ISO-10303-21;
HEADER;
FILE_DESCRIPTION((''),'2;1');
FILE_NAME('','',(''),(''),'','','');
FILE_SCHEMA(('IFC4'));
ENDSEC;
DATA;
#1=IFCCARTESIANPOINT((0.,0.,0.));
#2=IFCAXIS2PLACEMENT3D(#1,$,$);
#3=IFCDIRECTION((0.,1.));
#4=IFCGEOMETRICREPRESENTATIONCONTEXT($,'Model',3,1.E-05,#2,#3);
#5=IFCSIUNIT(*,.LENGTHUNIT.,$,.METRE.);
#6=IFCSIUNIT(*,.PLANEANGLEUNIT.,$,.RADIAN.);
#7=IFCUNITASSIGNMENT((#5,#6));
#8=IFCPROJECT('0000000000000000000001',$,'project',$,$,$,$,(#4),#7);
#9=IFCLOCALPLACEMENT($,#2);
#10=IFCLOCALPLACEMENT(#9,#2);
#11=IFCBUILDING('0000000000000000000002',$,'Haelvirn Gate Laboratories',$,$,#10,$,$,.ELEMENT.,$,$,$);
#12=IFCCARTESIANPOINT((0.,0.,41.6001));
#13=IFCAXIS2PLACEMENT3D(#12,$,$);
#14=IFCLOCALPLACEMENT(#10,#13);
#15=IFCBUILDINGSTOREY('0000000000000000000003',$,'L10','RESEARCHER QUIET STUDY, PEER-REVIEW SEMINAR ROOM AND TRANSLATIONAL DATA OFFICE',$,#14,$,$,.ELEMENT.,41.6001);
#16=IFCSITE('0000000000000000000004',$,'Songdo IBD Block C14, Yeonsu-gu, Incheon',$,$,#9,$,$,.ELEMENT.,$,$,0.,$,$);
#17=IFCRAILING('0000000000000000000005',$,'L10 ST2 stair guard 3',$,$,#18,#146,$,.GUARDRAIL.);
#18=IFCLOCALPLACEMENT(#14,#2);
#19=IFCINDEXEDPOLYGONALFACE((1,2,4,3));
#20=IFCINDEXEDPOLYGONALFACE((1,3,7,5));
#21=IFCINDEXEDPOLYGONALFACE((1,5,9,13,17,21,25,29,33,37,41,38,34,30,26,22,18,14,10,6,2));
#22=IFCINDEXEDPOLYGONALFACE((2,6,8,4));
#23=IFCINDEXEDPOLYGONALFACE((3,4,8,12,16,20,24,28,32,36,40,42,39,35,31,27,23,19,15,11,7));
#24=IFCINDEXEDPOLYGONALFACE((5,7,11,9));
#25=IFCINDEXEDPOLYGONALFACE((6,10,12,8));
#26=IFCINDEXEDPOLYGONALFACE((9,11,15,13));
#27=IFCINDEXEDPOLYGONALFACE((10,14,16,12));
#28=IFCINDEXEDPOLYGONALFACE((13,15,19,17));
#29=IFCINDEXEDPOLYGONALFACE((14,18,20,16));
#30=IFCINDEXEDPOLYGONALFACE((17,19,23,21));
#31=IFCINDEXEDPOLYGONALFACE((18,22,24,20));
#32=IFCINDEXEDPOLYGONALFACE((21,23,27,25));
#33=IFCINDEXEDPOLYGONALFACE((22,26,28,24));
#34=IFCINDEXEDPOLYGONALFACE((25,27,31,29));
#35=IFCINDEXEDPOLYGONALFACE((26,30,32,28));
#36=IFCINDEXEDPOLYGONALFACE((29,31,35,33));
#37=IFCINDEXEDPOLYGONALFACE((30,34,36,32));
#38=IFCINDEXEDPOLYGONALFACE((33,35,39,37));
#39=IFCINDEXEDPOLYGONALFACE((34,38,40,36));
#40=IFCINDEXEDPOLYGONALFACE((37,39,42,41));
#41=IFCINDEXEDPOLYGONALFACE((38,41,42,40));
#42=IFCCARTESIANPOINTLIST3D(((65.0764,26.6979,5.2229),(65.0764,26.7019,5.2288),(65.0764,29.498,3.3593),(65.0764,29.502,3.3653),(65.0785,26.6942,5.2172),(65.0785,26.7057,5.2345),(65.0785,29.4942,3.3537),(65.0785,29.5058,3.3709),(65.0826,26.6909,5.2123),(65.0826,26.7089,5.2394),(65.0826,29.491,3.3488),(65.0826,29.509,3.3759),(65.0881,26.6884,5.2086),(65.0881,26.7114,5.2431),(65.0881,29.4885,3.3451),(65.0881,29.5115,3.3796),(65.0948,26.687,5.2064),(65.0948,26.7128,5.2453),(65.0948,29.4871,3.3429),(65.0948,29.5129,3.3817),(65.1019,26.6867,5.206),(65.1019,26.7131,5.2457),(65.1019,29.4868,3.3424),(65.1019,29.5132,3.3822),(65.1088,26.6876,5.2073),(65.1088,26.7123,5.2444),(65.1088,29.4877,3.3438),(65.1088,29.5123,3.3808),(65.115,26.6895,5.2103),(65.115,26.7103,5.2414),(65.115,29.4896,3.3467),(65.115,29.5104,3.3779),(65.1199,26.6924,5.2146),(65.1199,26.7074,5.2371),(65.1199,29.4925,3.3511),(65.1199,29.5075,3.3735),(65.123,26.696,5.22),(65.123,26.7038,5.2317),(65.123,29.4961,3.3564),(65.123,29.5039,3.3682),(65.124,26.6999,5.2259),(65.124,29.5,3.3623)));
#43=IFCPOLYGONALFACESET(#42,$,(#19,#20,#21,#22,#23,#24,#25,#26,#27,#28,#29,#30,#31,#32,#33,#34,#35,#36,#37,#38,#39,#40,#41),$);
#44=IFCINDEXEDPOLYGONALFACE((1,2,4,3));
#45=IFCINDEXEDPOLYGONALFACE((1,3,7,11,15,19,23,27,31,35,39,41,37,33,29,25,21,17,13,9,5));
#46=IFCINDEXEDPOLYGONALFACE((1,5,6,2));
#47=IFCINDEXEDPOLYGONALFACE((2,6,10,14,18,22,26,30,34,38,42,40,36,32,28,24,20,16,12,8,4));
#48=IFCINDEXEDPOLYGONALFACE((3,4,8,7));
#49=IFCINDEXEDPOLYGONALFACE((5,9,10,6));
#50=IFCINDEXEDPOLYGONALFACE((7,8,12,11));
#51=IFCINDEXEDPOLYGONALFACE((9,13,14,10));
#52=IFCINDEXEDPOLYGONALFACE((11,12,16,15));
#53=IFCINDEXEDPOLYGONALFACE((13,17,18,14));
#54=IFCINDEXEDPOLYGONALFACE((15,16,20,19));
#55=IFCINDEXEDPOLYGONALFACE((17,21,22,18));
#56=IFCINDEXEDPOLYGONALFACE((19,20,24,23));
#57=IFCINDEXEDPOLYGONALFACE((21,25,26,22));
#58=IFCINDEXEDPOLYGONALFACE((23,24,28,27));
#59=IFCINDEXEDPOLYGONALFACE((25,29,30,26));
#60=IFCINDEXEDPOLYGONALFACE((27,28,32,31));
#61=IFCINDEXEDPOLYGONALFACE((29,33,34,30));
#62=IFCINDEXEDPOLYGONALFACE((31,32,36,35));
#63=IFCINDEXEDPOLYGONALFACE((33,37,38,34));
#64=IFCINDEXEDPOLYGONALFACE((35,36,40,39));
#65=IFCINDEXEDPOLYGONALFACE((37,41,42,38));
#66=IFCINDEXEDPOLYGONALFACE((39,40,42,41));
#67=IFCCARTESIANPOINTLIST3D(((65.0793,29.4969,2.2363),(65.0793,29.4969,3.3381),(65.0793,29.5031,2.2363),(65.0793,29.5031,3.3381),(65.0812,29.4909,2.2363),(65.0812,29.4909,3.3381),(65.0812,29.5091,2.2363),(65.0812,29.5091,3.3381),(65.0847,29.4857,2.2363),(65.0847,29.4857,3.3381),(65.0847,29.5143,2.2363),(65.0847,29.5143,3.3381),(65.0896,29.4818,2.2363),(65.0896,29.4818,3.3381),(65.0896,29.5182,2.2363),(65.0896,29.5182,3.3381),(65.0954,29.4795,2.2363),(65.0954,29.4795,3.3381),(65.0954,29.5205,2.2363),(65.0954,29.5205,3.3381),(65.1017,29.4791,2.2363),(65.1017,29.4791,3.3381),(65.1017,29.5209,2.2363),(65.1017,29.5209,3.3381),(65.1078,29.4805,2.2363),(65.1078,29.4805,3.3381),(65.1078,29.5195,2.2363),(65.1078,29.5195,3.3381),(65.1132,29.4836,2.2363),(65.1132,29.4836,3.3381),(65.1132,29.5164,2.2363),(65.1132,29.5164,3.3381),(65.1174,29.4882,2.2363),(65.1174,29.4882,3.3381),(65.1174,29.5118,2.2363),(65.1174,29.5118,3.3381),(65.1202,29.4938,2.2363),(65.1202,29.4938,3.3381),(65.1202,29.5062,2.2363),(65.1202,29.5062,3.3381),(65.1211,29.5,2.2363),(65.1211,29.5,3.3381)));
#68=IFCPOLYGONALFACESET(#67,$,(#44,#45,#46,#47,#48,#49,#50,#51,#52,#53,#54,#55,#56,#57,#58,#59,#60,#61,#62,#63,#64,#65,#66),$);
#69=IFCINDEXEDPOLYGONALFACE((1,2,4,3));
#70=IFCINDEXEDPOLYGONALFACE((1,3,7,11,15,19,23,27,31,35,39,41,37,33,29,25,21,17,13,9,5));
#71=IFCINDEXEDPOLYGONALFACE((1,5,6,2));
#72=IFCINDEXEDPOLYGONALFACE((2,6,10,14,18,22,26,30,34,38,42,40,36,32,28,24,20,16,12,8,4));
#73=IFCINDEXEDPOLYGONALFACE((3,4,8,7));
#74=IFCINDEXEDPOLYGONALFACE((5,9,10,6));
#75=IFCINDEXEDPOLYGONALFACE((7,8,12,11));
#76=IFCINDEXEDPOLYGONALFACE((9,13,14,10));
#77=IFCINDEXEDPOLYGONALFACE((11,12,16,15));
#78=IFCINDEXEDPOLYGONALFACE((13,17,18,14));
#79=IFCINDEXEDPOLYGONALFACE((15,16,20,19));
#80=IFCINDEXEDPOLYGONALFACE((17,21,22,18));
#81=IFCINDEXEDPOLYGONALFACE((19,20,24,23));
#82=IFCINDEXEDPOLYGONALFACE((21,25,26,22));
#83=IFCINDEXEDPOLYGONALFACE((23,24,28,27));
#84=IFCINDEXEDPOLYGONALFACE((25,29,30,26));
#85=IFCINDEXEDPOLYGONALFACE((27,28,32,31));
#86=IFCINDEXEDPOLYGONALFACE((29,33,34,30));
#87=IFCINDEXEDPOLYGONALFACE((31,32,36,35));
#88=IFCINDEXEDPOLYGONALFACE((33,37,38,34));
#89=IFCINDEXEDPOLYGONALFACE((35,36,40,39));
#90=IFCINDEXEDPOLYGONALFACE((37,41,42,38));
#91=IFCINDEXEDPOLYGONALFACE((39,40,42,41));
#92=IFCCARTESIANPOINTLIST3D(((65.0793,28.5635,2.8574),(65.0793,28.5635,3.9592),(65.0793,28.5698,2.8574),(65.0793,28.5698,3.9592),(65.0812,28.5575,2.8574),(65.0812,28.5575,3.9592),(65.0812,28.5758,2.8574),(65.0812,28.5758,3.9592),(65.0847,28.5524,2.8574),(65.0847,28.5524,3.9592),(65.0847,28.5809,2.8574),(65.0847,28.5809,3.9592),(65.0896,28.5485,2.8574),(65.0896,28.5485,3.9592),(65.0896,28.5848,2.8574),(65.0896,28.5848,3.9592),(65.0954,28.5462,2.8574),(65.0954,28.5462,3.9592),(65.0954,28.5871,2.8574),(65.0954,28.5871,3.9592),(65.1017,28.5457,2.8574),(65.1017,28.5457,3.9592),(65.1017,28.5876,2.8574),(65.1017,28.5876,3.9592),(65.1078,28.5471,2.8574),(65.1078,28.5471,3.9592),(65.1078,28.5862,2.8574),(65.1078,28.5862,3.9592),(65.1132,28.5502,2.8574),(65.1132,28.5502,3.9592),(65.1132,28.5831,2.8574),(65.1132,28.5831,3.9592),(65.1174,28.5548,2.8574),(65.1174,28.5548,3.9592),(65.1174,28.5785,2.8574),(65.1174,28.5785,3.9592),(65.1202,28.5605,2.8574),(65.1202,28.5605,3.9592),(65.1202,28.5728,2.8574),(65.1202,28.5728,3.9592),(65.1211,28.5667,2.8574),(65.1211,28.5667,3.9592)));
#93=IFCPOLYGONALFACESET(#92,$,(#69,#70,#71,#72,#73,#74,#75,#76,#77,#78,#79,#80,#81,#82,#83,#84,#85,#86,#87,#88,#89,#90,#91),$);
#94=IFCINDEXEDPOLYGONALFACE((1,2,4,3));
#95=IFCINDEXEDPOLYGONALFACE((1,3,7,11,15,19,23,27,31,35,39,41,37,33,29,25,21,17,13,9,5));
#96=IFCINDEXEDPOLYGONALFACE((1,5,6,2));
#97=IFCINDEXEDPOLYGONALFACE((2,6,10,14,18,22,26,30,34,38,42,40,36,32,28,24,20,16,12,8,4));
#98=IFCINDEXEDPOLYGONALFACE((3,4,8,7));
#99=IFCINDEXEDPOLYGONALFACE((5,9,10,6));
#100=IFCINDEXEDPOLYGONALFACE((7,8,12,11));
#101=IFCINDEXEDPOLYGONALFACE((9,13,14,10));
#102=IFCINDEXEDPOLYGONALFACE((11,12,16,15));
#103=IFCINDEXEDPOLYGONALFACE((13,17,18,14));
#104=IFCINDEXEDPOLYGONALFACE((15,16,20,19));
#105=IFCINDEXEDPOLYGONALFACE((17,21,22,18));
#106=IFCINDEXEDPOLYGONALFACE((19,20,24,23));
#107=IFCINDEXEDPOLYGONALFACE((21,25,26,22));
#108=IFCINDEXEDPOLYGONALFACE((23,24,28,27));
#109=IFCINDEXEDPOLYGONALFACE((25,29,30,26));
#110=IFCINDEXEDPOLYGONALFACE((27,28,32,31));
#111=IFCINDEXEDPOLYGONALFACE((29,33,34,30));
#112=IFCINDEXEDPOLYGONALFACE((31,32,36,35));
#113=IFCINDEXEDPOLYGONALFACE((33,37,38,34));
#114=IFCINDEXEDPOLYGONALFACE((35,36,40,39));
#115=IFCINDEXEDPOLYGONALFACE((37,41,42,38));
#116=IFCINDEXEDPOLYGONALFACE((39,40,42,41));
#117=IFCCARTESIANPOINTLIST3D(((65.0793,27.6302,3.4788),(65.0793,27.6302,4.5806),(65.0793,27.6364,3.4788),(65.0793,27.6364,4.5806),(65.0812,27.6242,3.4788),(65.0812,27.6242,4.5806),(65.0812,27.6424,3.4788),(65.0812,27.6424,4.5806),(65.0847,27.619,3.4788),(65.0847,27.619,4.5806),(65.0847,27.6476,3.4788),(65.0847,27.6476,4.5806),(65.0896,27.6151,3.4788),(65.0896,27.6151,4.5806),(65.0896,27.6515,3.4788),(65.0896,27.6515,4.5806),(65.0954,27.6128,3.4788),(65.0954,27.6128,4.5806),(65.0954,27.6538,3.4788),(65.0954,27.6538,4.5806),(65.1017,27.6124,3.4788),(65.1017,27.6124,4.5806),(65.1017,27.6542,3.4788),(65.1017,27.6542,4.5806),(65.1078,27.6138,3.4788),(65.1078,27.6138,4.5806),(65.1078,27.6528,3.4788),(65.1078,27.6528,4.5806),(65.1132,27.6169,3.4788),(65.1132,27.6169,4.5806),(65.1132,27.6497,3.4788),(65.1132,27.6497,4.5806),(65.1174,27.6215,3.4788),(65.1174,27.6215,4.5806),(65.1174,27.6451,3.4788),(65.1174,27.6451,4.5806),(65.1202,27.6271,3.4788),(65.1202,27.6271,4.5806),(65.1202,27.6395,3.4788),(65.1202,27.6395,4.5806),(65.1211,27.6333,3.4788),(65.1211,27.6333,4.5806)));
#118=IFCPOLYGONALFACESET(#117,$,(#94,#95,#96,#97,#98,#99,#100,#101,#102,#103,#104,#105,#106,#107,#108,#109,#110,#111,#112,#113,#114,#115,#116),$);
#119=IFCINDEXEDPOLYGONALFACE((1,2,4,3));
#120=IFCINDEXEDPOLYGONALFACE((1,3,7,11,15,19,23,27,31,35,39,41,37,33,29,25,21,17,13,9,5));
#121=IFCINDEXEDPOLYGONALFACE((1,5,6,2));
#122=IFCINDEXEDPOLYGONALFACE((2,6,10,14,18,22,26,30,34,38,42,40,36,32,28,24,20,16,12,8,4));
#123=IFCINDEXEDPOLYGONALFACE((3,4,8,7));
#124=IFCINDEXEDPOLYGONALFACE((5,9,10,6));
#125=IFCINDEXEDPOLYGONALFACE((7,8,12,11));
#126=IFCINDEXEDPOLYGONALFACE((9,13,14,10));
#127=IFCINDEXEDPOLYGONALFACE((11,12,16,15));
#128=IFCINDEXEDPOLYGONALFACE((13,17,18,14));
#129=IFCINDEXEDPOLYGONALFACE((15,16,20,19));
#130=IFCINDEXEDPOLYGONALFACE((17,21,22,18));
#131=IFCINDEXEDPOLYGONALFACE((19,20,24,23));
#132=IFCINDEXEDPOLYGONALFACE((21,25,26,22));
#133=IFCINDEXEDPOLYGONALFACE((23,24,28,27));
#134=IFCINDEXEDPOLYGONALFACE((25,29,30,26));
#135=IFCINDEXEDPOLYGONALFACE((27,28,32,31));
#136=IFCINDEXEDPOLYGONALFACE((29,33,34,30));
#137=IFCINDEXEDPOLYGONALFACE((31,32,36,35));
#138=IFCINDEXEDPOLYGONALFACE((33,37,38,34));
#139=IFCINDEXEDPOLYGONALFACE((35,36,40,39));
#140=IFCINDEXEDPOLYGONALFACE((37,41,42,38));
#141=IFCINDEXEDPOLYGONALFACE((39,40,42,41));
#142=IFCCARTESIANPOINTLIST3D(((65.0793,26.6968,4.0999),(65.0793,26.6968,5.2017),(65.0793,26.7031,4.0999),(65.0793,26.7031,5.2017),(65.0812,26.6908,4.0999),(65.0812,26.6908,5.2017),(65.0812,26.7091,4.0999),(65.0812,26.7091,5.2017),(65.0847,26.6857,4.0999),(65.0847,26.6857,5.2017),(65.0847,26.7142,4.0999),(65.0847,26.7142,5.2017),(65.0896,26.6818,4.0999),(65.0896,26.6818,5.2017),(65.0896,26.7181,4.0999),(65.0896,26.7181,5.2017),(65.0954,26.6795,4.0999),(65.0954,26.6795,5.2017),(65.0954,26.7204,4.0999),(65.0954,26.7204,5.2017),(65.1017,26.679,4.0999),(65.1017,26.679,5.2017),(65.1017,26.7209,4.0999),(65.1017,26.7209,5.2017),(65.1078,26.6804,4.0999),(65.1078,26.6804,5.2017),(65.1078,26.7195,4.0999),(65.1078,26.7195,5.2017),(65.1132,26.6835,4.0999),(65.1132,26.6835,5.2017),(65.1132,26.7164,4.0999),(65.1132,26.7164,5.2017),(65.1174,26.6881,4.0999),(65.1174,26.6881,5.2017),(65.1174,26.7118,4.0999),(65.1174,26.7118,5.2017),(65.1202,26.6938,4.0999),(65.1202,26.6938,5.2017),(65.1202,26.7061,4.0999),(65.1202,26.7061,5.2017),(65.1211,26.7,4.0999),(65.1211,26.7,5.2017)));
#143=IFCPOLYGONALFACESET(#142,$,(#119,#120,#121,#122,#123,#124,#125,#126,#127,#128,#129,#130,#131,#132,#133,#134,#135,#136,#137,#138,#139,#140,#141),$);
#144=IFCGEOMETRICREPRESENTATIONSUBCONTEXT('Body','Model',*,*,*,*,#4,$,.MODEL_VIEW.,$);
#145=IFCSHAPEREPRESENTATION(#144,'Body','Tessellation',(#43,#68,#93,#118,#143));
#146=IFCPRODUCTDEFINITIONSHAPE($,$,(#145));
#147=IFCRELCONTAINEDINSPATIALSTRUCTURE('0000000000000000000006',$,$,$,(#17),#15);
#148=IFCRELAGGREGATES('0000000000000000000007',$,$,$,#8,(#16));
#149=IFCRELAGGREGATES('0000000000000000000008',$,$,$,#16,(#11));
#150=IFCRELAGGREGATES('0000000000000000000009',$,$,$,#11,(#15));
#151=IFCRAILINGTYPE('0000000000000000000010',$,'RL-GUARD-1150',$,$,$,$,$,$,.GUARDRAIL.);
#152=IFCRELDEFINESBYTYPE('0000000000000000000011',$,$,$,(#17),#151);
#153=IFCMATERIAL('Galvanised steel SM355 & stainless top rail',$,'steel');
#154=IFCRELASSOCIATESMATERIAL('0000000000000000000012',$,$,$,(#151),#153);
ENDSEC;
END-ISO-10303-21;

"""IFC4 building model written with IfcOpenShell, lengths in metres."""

from ifc_helpers import new_model, si_unit, direction, frame, origin, origin_2d, place, context, subcontext, project, spatial, circle, extrude, source, transform, mapped, material, type_object, element, save


model = new_model("IFC4")

# Units and contexts
model_context = context("Model", 3, precision=1e-05, world=origin(), true_north=direction((0.0, 1.0)))
body_context = subcontext(model_context, "Body", "Model", "MODEL_VIEW")
ifc_project = project(units=[si_unit("LENGTHUNIT", "METRE"), si_unit("PLANEANGLEUNIT", "RADIAN")], contexts=[model_context])

# Site, building, storey
site_placement = place(None, origin())
site = spatial("IfcSite", under=ifc_project, at=site_placement, Name="Songdo IBD Block C14, Yeonsu-gu, Incheon", CompositionType="ELEMENT", RefElevation=0.0)
building_placement = place(site_placement, origin())
building = spatial("IfcBuilding", under=site, at=building_placement, Name="Haelvirn Gate Laboratories", CompositionType="ELEMENT")
storey_placement = place(building_placement, frame((0.0, 0.0, 41.6001)))
storey = spatial("IfcBuildingStorey", under=building, at=storey_placement, Name="L10", Description="RESEARCHER QUIET STUDY, PEER-REVIEW SEMINAR ROOM AND TRANSLATIONAL DATA OFFICE", CompositionType="ELEMENT", Elevation=41.6001)

# Railing
ifc_material_1 = material(Name="Galvanised steel SM355 & stainless top rail", Category="steel")
railing_type_1 = type_object("IfcRailingType", Name="RL-GUARD-1150", PredefinedType="GUARDRAIL", material=ifc_material_1)
shared_shape_1 = source(origin(), body_context, "Body", "SweptSolid", [
    extrude(circle(Radius=0.0239, at=origin_2d()), frame((0.0, 0.0, 1.126), z_axis=(0.0, -0.832486, 0.554047), x_axis=(1.0, 0.0, 0.0)), (0.0, 0.0, 1.0), 3.3635),
    extrude(circle(Radius=0.021, at=origin_2d()), origin(), (0.0, 0.0, 1.0), 1.1018),
    extrude(circle(Radius=0.021, at=origin_2d()), frame((0.0, -0.9333, 0.6211)), (0.0, 0.0, 1.0), 1.1018),
    extrude(circle(Radius=0.021, at=origin_2d()), frame((0.0, -1.8667, 1.2424)), (0.0, 0.0, 1.0), 1.1018),
    extrude(circle(Radius=0.021, at=origin_2d()), frame((0.0, -2.8, 1.8635)), (0.0, 0.0, 1.0), 1.1018),
])
railing_1_placement = place(storey_placement, frame((65.1001, 29.5, 2.2363)))
element("IfcRailing", 1, at=railing_1_placement, inside=storey, type_object=railing_type_1, Name="L10 ST2 stair guard 3", PredefinedType="GUARDRAIL", context=body_context, shape_type="MappedRepresentation", body=[
    mapped(shared_shape_1, transform((0.0, 0.0, 0.0), scale=1.0)),
])

save(model, "model.ifc")
